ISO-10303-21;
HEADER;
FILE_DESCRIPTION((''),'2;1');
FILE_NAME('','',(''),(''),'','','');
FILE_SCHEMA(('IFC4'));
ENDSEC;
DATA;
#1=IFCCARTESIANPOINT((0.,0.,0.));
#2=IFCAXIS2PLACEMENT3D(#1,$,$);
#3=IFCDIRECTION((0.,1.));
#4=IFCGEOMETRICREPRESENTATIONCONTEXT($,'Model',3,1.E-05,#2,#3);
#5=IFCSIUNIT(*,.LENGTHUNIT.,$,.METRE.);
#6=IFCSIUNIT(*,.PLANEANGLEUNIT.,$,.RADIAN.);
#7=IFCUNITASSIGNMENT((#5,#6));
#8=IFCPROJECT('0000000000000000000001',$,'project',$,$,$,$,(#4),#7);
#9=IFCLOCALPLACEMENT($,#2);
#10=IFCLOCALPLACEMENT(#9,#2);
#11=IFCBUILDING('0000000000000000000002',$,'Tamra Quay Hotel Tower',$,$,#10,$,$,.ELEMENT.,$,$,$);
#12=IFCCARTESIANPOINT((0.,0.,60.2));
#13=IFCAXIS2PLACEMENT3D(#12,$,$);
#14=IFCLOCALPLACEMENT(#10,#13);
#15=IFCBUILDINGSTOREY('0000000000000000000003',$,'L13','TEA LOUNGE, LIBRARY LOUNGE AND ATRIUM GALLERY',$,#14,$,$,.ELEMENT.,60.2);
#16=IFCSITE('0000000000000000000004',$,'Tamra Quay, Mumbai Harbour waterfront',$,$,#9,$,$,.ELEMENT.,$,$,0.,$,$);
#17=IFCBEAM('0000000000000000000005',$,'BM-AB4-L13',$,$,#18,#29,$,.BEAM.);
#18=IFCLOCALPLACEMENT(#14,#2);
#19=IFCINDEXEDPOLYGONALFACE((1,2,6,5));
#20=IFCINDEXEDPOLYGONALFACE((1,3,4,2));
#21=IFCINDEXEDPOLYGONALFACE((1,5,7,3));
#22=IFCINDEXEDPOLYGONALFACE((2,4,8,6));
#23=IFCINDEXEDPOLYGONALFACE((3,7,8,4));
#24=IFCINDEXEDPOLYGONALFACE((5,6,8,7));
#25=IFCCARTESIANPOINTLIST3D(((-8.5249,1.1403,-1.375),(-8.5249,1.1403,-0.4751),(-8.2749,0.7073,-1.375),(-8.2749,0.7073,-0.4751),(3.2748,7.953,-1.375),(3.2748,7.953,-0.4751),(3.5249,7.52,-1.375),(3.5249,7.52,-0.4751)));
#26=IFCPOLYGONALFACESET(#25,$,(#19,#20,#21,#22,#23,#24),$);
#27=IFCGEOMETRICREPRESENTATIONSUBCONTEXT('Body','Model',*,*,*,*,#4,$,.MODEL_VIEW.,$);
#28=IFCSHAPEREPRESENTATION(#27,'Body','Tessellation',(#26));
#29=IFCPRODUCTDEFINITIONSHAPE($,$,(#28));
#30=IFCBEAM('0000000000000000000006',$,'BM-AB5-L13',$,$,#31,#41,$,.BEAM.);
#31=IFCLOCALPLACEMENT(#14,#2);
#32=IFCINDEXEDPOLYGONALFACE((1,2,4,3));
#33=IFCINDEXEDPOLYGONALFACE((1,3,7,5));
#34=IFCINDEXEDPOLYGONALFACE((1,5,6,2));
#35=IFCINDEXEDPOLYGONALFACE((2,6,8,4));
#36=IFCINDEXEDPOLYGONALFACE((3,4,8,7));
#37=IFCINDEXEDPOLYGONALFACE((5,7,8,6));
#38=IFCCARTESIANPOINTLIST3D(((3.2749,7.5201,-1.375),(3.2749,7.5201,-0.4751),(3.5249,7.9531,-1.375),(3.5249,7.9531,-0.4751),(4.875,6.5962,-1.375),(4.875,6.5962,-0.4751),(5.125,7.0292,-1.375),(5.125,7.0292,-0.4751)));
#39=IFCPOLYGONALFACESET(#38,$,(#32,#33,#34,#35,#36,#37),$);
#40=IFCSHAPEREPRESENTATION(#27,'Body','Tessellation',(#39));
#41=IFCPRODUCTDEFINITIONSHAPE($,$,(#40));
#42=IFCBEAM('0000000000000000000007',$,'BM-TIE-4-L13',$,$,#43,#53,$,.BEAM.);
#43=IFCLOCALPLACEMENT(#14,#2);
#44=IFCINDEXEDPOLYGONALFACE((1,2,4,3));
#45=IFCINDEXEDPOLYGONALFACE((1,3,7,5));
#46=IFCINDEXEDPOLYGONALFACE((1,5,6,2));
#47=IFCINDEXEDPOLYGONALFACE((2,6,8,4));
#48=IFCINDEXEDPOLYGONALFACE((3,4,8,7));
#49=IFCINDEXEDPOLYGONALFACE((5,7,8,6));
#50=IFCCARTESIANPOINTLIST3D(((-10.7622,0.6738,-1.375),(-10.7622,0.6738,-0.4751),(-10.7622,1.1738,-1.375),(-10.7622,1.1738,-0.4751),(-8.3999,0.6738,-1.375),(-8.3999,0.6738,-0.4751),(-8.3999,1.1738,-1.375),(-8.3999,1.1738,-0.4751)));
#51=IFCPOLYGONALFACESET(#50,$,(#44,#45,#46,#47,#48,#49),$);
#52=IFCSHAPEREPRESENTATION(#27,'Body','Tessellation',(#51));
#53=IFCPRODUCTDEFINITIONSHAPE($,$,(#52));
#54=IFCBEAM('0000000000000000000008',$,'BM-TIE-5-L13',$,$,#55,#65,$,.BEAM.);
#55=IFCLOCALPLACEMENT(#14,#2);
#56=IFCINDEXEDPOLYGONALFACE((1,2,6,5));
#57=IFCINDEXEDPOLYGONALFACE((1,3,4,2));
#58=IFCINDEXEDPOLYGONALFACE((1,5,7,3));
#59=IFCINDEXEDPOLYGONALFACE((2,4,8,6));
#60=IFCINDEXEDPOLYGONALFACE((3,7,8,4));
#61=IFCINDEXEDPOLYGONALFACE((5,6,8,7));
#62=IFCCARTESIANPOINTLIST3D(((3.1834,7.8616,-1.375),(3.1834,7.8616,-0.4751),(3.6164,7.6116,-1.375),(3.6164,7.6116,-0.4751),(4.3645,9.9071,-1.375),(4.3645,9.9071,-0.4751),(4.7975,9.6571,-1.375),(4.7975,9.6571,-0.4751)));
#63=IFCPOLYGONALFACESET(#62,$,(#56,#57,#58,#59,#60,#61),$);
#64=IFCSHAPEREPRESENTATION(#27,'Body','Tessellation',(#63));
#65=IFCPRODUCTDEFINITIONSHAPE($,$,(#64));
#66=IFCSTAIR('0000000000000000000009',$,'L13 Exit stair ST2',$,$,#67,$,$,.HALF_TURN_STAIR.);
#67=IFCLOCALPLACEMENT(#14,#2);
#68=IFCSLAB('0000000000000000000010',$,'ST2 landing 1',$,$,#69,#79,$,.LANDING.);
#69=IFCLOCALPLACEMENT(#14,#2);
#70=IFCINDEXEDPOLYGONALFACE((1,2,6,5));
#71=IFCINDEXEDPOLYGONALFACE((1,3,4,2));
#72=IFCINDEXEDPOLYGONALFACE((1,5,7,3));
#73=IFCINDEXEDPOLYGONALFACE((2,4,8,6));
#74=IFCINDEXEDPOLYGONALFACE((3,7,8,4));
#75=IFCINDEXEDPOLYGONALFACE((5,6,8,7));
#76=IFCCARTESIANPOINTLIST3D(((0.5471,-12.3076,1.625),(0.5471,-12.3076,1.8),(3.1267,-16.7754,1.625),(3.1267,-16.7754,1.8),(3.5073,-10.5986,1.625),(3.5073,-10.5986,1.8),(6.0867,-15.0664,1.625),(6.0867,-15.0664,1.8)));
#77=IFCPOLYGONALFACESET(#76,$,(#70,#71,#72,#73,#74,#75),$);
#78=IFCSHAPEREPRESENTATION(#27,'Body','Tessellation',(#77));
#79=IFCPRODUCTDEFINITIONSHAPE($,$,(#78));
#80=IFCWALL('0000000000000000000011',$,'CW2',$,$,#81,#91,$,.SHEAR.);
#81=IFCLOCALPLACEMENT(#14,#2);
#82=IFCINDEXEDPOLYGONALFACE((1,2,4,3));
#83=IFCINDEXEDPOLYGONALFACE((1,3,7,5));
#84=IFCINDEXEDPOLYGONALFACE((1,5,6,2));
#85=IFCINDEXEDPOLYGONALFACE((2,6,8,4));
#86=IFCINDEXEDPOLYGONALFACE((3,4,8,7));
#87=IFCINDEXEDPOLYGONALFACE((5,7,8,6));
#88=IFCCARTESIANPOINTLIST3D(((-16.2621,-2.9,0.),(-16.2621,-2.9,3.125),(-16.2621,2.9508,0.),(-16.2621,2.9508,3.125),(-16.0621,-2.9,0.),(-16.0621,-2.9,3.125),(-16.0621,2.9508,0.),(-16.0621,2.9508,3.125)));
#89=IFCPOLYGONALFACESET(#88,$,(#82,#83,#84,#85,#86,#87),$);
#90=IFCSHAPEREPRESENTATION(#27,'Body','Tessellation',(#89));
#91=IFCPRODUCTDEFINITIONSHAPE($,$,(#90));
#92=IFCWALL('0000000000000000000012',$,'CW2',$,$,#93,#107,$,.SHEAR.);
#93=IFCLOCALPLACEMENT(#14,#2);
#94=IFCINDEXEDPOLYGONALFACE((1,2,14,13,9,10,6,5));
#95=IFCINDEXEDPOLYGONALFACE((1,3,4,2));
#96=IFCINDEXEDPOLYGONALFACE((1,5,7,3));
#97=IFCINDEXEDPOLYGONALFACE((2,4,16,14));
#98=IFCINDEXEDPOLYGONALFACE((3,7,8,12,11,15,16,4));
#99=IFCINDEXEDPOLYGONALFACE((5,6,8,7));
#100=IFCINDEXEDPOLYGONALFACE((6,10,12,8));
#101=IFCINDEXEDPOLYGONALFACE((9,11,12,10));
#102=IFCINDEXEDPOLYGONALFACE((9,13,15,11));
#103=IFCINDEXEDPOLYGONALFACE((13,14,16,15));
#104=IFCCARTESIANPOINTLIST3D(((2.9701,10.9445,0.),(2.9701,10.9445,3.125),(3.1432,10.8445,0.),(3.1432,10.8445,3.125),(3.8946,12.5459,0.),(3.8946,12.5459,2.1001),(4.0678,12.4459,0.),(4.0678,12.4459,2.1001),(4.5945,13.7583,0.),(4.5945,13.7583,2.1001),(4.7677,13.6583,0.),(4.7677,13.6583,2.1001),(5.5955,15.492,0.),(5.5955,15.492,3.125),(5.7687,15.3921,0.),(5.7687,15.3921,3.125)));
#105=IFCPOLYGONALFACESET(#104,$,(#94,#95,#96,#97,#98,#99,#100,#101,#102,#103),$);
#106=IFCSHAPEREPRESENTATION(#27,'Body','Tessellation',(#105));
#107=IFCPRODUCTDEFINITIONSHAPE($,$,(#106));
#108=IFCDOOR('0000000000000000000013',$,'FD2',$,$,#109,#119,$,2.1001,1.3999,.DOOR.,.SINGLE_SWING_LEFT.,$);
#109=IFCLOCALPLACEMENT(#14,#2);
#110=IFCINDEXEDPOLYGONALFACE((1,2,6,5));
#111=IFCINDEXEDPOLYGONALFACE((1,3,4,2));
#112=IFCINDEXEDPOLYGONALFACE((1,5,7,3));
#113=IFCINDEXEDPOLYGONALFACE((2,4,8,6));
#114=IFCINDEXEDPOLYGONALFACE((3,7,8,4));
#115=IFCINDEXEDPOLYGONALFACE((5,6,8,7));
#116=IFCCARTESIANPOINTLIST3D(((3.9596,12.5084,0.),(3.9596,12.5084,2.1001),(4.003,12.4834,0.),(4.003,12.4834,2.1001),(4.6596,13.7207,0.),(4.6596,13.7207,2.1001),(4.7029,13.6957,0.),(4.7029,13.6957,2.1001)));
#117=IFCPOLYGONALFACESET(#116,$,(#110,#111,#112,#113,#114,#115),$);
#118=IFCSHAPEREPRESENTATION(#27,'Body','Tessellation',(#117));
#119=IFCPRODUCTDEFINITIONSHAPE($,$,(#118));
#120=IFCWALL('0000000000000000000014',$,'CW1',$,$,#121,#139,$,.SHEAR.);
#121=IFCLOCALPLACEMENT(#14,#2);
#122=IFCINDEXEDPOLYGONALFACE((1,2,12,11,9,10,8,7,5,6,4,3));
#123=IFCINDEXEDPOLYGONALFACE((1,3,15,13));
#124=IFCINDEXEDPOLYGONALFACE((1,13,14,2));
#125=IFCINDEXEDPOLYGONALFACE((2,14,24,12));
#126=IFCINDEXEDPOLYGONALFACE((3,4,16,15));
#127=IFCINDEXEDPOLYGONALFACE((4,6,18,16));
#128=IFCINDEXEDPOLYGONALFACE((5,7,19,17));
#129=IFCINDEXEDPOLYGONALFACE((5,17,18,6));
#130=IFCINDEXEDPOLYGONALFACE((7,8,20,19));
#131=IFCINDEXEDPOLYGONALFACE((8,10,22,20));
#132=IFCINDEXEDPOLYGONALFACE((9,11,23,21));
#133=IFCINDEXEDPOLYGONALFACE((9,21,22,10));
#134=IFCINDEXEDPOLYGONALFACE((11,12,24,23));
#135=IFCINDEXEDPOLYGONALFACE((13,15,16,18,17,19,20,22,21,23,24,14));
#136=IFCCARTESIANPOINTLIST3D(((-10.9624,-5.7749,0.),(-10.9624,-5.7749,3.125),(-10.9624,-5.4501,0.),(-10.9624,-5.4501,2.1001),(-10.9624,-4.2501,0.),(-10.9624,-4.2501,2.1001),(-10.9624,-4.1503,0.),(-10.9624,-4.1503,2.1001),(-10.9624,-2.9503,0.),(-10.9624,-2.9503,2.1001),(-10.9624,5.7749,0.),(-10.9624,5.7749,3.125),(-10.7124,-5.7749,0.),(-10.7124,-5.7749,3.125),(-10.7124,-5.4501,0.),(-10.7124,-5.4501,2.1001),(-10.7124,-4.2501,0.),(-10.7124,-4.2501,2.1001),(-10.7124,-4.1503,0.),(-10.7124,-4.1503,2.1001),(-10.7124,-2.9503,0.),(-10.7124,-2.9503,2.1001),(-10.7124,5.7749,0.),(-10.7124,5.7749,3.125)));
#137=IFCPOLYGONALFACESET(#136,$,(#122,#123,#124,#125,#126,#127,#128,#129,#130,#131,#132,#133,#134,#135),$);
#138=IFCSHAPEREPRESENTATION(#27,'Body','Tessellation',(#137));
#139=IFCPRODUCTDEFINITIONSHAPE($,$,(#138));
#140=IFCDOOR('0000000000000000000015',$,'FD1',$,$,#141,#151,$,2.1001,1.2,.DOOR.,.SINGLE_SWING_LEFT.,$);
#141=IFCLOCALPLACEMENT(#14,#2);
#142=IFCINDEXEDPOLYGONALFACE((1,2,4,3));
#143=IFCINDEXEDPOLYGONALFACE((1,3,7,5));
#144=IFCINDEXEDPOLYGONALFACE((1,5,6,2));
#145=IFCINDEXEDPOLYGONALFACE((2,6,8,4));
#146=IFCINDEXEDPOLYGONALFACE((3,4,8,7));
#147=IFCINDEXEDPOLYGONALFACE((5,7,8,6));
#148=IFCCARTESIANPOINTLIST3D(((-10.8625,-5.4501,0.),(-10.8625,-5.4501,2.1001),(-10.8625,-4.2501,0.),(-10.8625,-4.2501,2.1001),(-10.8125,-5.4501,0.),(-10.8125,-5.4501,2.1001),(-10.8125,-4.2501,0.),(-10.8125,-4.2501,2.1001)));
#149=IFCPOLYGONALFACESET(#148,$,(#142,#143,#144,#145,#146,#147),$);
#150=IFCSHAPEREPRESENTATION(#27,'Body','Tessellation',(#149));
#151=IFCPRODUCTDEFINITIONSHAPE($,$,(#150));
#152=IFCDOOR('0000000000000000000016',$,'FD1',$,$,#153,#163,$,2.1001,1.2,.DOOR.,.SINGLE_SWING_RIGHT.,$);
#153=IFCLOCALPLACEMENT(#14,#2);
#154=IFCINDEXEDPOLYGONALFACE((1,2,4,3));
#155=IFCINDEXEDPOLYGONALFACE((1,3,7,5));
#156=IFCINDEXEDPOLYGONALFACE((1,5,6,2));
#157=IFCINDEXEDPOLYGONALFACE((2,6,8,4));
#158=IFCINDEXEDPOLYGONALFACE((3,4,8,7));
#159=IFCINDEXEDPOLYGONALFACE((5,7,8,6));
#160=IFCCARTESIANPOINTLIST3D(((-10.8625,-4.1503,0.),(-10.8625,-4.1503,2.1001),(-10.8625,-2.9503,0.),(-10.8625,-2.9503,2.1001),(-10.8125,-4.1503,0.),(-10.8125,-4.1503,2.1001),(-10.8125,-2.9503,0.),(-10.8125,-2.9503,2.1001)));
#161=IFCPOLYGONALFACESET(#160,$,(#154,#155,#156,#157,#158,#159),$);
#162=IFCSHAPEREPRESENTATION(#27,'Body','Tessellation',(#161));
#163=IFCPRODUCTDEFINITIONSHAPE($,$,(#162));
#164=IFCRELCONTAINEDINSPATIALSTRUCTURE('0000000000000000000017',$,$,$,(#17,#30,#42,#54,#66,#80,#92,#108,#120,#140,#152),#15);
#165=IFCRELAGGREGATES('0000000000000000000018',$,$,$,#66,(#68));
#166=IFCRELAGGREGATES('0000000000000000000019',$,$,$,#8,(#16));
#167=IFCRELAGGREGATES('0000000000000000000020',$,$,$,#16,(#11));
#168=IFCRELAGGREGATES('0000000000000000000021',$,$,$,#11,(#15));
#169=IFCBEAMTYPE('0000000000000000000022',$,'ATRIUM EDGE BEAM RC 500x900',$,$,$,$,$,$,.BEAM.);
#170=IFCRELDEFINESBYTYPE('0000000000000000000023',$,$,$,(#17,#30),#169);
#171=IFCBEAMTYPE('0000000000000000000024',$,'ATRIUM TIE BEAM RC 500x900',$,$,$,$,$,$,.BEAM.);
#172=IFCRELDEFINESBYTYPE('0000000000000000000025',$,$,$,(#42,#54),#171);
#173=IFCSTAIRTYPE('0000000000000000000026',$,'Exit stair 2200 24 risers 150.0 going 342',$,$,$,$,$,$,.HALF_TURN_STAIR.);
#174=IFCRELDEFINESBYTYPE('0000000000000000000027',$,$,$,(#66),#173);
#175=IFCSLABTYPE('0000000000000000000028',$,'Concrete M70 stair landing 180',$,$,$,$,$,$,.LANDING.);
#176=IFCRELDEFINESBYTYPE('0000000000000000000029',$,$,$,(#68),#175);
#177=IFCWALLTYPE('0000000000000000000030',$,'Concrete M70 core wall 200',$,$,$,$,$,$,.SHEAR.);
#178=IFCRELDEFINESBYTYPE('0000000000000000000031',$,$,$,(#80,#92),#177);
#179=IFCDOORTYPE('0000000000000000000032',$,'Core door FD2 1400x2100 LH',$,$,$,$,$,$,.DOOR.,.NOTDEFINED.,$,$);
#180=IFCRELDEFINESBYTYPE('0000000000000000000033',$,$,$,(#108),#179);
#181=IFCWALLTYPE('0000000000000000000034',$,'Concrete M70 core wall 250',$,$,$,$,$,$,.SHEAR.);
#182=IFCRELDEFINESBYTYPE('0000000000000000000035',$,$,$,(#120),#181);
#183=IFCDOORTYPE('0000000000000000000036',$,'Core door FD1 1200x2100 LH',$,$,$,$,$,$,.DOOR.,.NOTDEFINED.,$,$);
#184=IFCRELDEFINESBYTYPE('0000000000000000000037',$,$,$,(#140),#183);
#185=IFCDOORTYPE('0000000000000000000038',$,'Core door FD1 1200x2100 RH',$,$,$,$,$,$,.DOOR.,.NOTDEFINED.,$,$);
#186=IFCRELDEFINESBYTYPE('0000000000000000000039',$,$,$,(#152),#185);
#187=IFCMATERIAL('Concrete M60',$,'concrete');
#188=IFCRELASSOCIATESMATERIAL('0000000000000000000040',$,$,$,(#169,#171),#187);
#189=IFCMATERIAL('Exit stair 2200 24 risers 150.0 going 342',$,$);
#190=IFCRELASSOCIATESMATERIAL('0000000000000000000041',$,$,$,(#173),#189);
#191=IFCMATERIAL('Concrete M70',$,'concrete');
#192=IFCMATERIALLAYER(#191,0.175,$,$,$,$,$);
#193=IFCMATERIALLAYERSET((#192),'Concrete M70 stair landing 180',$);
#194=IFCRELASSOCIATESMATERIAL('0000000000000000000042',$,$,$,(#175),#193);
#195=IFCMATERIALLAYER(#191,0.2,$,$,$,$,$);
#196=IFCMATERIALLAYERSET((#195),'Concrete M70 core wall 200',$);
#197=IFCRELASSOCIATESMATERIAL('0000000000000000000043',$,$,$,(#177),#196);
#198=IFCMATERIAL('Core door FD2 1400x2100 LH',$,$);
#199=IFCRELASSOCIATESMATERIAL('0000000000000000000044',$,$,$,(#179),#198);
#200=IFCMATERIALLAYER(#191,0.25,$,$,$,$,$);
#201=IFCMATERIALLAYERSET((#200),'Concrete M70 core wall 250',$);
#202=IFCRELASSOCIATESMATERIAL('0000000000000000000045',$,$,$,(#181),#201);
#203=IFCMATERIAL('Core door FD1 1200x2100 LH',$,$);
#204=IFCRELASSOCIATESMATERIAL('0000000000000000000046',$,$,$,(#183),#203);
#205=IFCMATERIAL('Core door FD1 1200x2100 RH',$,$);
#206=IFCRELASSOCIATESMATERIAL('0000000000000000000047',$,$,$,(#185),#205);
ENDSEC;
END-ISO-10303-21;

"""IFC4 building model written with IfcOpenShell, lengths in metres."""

from ifc_helpers import new_model, si_unit, direction, frame, frame_2d, origin, origin_2d, place, context, subcontext, project, spatial, polyline, rectangle, outline, extrude, material, layer, layer_set, material_profile, profile_set, type_object, element, fill, aggregate, save


model = new_model("IFC4")

# Units and contexts
model_context = context("Model", 3, precision=1e-05, world=origin(), true_north=direction((0.0, 1.0)))
body_context = subcontext(model_context, "Body", "Model", "MODEL_VIEW")
ifc_project = project(units=[si_unit("LENGTHUNIT", "METRE"), si_unit("PLANEANGLEUNIT", "RADIAN")], contexts=[model_context])

# Site, building, storey
site_placement = place(None, origin())
site = spatial("IfcSite", under=ifc_project, at=site_placement, Name="Tamra Quay, Mumbai Harbour waterfront", CompositionType="ELEMENT", RefElevation=0.0)
building_placement = place(site_placement, origin())
building = spatial("IfcBuilding", under=site, at=building_placement, Name="Tamra Quay Hotel Tower", CompositionType="ELEMENT")
storey_placement = place(building_placement, frame((0.0, 0.0, 60.2)))
storey = spatial("IfcBuildingStorey", under=building, at=storey_placement, Name="L13", Description="TEA LOUNGE, LIBRARY LOUNGE AND ATRIUM GALLERY", CompositionType="ELEMENT", Elevation=60.2)

# Beams
ifc_material_1 = material(Name="Concrete M60", Category="concrete")
ifc_material_profile_1 = material_profile(ifc_material_1, rectangle(XDim=0.5, YDim=0.8999, at=origin_2d()), Name="ATRIUM EDGE BEAM RC 500x900")
ifc_profile_set_1 = profile_set([ifc_material_profile_1], Name="Concrete M60")
beam_type_1 = type_object("IfcBeamType", Name="ATRIUM EDGE BEAM RC 500x900", PredefinedType="BEAM", material=ifc_profile_set_1)
beam_1_placement = place(storey_placement, frame((-8.3999, 0.9238, -0.925), z_axis=(0.866021, 0.500007, 0.0), x_axis=(-0.500007, 0.866021, 0.0)))
element("IfcBeam", 1, at=beam_1_placement, inside=storey, type_object=beam_type_1, Name="BM-AB4-L13", PredefinedType="BEAM", context=body_context, shape_type="SweptSolid", body=[
    extrude(rectangle(XDim=0.5, YDim=0.8999, at=origin_2d()), origin(), (0.0, 0.0, 1.0), 13.6252),
])
beam_2_placement = place(storey_placement, frame((3.3999, 7.7366, -0.925), z_axis=(0.866023, -0.500005, 0.0), x_axis=(0.500005, 0.866023, 0.0)))
element("IfcBeam", 2, at=beam_2_placement, inside=storey, type_object=beam_type_1, Name="BM-AB5-L13", PredefinedType="BEAM", context=body_context, shape_type="SweptSolid", body=[
    extrude(rectangle(XDim=0.5, YDim=0.8999, at=origin_2d()), origin(), (0.0, 0.0, 1.0), 1.8477),
])
ifc_material_profile_2 = material_profile(ifc_material_1, rectangle(XDim=0.5, YDim=0.8999, at=origin_2d()), Name="ATRIUM TIE BEAM RC 500x900")
ifc_profile_set_2 = profile_set([ifc_material_profile_2], Name="Concrete M60")
beam_type_2 = type_object("IfcBeamType", Name="ATRIUM TIE BEAM RC 500x900", PredefinedType="BEAM", material=ifc_profile_set_2)
beam_3_placement = place(storey_placement, frame((-8.3999, 0.9238, -0.925), z_axis=(-1.0, 0.0, 0.0), x_axis=(0.0, -1.0, 0.0)))
element("IfcBeam", 3, at=beam_3_placement, inside=storey, type_object=beam_type_2, Name="BM-TIE-4-L13", PredefinedType="BEAM", context=body_context, shape_type="SweptSolid", body=[
    extrude(rectangle(XDim=0.5, YDim=0.8999, at=origin_2d()), origin(), (0.0, 0.0, 1.0), 2.3623),
])
beam_4_placement = place(storey_placement, frame((3.3999, 7.7366, -0.925), z_axis=(0.50003, 0.866008, 0.0), x_axis=(-0.866008, 0.50003, 0.0)))
element("IfcBeam", 4, at=beam_4_placement, inside=storey, type_object=beam_type_2, Name="BM-TIE-5-L13", PredefinedType="BEAM", context=body_context, shape_type="SweptSolid", body=[
    extrude(rectangle(XDim=0.5, YDim=0.8999, at=origin_2d()), origin(), (0.0, 0.0, 1.0), 2.3621),
])

# Stair, slab
ifc_material_2 = material(Name="Exit stair 2200 24 risers 150.0 going 342")
stair_type = type_object("IfcStairType", Name="Exit stair 2200 24 risers 150.0 going 342", PredefinedType="HALF_TURN_STAIR", material=ifc_material_2)
stair_1_placement = place(storey_placement, origin())
stair_1 = element("IfcStair", 5, at=stair_1_placement, inside=storey, type_object=stair_type, Name="L13 Exit stair ST2", PredefinedType="HALF_TURN_STAIR")
ifc_material_3 = material(Name="Concrete M70", Category="concrete")
ifc_layer_1 = layer(ifc_material_3, 0.175)
ifc_layer_set_1 = layer_set([ifc_layer_1], Name="Concrete M70 stair landing 180")
slab_type = type_object("IfcSlabType", Name="Concrete M70 stair landing 180", PredefinedType="LANDING", material=ifc_layer_set_1)
slab_placement = place(storey_placement, frame((0.0, 0.0, 1.625)))
slab = element("IfcSlab", 6, at=slab_placement, type_object=slab_type, Name="ST2 landing 1", PredefinedType="LANDING", context=body_context, shape_type="SweptSolid", body=[
    extrude(outline(polyline([(3.5073, -10.5986), (0.5471, -12.3076), (3.1267, -16.7754), (6.0867, -15.0664), (3.5073, -10.5986)])), origin(), (0.0, 0.0, 1.0), 0.175),
])
aggregate(stair_1, [slab])

# Wall
ifc_layer_2 = layer(ifc_material_3, 0.2)
ifc_layer_set_2 = layer_set([ifc_layer_2], Name="Concrete M70 core wall 200")
wall_type_1 = type_object("IfcWallType", Name="Concrete M70 core wall 200", PredefinedType="SHEAR", material=ifc_layer_set_2)
wall_1_placement = place(storey_placement, frame((-16.1621, 2.9507, 0.0), z_axis=(0.0, 0.0, 1.0), x_axis=(0.0, -1.0, 0.0)))
element("IfcWall", 7, at=wall_1_placement, inside=storey, type_object=wall_type_1, Name="CW2", PredefinedType="SHEAR", context=body_context, shape_type="SweptSolid", body=[
    extrude(rectangle(XDim=5.8508, YDim=0.2, at=frame_2d((2.9253, 0.0))), origin(), (0.0, 0.0, 1.0), 3.125),
])

# Wall, opening, door
wall_2_placement = place(storey_placement, frame((3.0566, 10.8945, 0.0), z_axis=(0.0, 0.0, 1.0), x_axis=(0.499989, 0.866032, 0.0)))
wall_2 = element("IfcWall", 8, at=wall_2_placement, inside=storey, type_object=wall_type_1, Name="CW2", PredefinedType="SHEAR", context=body_context, shape_type="SweptSolid", body=[
    extrude(rectangle(XDim=5.251, YDim=0.2, at=frame_2d((2.6255, 0.0))), origin(), (0.0, 0.0, 1.0), 3.125),
])
opening_1_placement = place(wall_2_placement, frame((1.8491, 0.0, 0.0)))
opening_1 = element("IfcOpeningElement", 9, at=opening_1_placement, cuts=wall_2, PredefinedType="OPENING", context=body_context, shape_type="SweptSolid", body=[
    extrude(rectangle(XDim=1.3999, YDim=2.1001, at=frame_2d((0.7, 1.05))), frame((0.0, 0.1099, 0.0), z_axis=(0.0, -1.0, 0.0), x_axis=(1.0, 0.0, 0.0)), (0.0, 0.0, 1.0), 0.22),
])
ifc_material_4 = material(Name="Core door FD2 1400x2100 LH")
door_type_1 = type_object("IfcDoorType", Name="Core door FD2 1400x2100 LH", OperationType="NOTDEFINED", PredefinedType="DOOR", material=ifc_material_4)
door_1_placement = place(opening_1_placement, origin())
door_1 = element("IfcDoor", 10, at=door_1_placement, inside=storey, type_object=door_type_1, Name="FD2", OperationType="SINGLE_SWING_LEFT", OverallHeight=2.1001, OverallWidth=1.3999, PredefinedType="DOOR", context=body_context, shape_type="SweptSolid", body=[
    extrude(rectangle(XDim=1.3999, YDim=2.1001, at=frame_2d((0.7, 1.05))), frame((0.0, 0.0249, 0.0), z_axis=(0.0, -1.0, 0.0), x_axis=(1.0, 0.0, 0.0)), (0.0, 0.0, 1.0), 0.05),
])
fill(opening_1, door_1)

# Wall, openings, doors
ifc_layer_3 = layer(ifc_material_3, 0.25)
ifc_layer_set_3 = layer_set([ifc_layer_3], Name="Concrete M70 core wall 250")
wall_type_2 = type_object("IfcWallType", Name="Concrete M70 core wall 250", PredefinedType="SHEAR", material=ifc_layer_set_3)
wall_3_placement = place(storey_placement, frame((-10.8374, 5.7749, 0.0), z_axis=(0.0, 0.0, 1.0), x_axis=(0.0, -1.0, 0.0)))
wall_3 = element("IfcWall", 11, at=wall_3_placement, inside=storey, type_object=wall_type_2, Name="CW1", PredefinedType="SHEAR", context=body_context, shape_type="SweptSolid", body=[
    extrude(rectangle(XDim=11.5498, YDim=0.25, at=frame_2d((5.7749, 0.0))), origin(), (0.0, 0.0, 1.0), 3.125),
])
opening_2_placement = place(wall_3_placement, frame((10.0249, 0.0, 0.0)))
opening_2 = element("IfcOpeningElement", 12, at=opening_2_placement, cuts=wall_3, PredefinedType="OPENING", context=body_context, shape_type="SweptSolid", body=[
    extrude(rectangle(XDim=1.2, YDim=2.1001, at=frame_2d((0.6001, 1.05))), frame((0.0, 0.135, 0.0), z_axis=(0.0, -1.0, 0.0), x_axis=(1.0, 0.0, 0.0)), (0.0, 0.0, 1.0), 0.27),
])
opening_3_placement = place(wall_3_placement, frame((8.7251, 0.0, 0.0)))
opening_3 = element("IfcOpeningElement", 13, at=opening_3_placement, cuts=wall_3, PredefinedType="OPENING", context=body_context, shape_type="SweptSolid", body=[
    extrude(rectangle(XDim=1.2, YDim=2.1001, at=frame_2d((0.6001, 1.05))), frame((0.0, 0.135, 0.0), z_axis=(0.0, -1.0, 0.0), x_axis=(1.0, 0.0, 0.0)), (0.0, 0.0, 1.0), 0.27),
])
ifc_material_5 = material(Name="Core door FD1 1200x2100 LH")
door_type_2 = type_object("IfcDoorType", Name="Core door FD1 1200x2100 LH", OperationType="NOTDEFINED", PredefinedType="DOOR", material=ifc_material_5)
door_2_placement = place(opening_2_placement, origin())
door_2 = element("IfcDoor", 14, at=door_2_placement, inside=storey, type_object=door_type_2, Name="FD1", OperationType="SINGLE_SWING_LEFT", OverallHeight=2.1001, OverallWidth=1.2, PredefinedType="DOOR", context=body_context, shape_type="SweptSolid", body=[
    extrude(rectangle(XDim=1.2, YDim=2.1001, at=frame_2d((0.6001, 1.05))), frame((0.0, 0.0249, 0.0), z_axis=(0.0, -1.0, 0.0), x_axis=(1.0, 0.0, 0.0)), (0.0, 0.0, 1.0), 0.05),
])
fill(opening_2, door_2)
ifc_material_6 = material(Name="Core door FD1 1200x2100 RH")
door_type_3 = type_object("IfcDoorType", Name="Core door FD1 1200x2100 RH", OperationType="NOTDEFINED", PredefinedType="DOOR", material=ifc_material_6)
door_3_placement = place(opening_3_placement, origin())
door_3 = element("IfcDoor", 15, at=door_3_placement, inside=storey, type_object=door_type_3, Name="FD1", OperationType="SINGLE_SWING_RIGHT", OverallHeight=2.1001, OverallWidth=1.2, PredefinedType="DOOR", context=body_context, shape_type="SweptSolid", body=[
    extrude(rectangle(XDim=1.2, YDim=2.1001, at=frame_2d((0.6001, 1.05))), frame((0.0, 0.0249, 0.0), z_axis=(0.0, -1.0, 0.0), x_axis=(1.0, 0.0, 0.0)), (0.0, 0.0, 1.0), 0.05),
])
fill(opening_3, door_3)

save(model, "model.ifc")
